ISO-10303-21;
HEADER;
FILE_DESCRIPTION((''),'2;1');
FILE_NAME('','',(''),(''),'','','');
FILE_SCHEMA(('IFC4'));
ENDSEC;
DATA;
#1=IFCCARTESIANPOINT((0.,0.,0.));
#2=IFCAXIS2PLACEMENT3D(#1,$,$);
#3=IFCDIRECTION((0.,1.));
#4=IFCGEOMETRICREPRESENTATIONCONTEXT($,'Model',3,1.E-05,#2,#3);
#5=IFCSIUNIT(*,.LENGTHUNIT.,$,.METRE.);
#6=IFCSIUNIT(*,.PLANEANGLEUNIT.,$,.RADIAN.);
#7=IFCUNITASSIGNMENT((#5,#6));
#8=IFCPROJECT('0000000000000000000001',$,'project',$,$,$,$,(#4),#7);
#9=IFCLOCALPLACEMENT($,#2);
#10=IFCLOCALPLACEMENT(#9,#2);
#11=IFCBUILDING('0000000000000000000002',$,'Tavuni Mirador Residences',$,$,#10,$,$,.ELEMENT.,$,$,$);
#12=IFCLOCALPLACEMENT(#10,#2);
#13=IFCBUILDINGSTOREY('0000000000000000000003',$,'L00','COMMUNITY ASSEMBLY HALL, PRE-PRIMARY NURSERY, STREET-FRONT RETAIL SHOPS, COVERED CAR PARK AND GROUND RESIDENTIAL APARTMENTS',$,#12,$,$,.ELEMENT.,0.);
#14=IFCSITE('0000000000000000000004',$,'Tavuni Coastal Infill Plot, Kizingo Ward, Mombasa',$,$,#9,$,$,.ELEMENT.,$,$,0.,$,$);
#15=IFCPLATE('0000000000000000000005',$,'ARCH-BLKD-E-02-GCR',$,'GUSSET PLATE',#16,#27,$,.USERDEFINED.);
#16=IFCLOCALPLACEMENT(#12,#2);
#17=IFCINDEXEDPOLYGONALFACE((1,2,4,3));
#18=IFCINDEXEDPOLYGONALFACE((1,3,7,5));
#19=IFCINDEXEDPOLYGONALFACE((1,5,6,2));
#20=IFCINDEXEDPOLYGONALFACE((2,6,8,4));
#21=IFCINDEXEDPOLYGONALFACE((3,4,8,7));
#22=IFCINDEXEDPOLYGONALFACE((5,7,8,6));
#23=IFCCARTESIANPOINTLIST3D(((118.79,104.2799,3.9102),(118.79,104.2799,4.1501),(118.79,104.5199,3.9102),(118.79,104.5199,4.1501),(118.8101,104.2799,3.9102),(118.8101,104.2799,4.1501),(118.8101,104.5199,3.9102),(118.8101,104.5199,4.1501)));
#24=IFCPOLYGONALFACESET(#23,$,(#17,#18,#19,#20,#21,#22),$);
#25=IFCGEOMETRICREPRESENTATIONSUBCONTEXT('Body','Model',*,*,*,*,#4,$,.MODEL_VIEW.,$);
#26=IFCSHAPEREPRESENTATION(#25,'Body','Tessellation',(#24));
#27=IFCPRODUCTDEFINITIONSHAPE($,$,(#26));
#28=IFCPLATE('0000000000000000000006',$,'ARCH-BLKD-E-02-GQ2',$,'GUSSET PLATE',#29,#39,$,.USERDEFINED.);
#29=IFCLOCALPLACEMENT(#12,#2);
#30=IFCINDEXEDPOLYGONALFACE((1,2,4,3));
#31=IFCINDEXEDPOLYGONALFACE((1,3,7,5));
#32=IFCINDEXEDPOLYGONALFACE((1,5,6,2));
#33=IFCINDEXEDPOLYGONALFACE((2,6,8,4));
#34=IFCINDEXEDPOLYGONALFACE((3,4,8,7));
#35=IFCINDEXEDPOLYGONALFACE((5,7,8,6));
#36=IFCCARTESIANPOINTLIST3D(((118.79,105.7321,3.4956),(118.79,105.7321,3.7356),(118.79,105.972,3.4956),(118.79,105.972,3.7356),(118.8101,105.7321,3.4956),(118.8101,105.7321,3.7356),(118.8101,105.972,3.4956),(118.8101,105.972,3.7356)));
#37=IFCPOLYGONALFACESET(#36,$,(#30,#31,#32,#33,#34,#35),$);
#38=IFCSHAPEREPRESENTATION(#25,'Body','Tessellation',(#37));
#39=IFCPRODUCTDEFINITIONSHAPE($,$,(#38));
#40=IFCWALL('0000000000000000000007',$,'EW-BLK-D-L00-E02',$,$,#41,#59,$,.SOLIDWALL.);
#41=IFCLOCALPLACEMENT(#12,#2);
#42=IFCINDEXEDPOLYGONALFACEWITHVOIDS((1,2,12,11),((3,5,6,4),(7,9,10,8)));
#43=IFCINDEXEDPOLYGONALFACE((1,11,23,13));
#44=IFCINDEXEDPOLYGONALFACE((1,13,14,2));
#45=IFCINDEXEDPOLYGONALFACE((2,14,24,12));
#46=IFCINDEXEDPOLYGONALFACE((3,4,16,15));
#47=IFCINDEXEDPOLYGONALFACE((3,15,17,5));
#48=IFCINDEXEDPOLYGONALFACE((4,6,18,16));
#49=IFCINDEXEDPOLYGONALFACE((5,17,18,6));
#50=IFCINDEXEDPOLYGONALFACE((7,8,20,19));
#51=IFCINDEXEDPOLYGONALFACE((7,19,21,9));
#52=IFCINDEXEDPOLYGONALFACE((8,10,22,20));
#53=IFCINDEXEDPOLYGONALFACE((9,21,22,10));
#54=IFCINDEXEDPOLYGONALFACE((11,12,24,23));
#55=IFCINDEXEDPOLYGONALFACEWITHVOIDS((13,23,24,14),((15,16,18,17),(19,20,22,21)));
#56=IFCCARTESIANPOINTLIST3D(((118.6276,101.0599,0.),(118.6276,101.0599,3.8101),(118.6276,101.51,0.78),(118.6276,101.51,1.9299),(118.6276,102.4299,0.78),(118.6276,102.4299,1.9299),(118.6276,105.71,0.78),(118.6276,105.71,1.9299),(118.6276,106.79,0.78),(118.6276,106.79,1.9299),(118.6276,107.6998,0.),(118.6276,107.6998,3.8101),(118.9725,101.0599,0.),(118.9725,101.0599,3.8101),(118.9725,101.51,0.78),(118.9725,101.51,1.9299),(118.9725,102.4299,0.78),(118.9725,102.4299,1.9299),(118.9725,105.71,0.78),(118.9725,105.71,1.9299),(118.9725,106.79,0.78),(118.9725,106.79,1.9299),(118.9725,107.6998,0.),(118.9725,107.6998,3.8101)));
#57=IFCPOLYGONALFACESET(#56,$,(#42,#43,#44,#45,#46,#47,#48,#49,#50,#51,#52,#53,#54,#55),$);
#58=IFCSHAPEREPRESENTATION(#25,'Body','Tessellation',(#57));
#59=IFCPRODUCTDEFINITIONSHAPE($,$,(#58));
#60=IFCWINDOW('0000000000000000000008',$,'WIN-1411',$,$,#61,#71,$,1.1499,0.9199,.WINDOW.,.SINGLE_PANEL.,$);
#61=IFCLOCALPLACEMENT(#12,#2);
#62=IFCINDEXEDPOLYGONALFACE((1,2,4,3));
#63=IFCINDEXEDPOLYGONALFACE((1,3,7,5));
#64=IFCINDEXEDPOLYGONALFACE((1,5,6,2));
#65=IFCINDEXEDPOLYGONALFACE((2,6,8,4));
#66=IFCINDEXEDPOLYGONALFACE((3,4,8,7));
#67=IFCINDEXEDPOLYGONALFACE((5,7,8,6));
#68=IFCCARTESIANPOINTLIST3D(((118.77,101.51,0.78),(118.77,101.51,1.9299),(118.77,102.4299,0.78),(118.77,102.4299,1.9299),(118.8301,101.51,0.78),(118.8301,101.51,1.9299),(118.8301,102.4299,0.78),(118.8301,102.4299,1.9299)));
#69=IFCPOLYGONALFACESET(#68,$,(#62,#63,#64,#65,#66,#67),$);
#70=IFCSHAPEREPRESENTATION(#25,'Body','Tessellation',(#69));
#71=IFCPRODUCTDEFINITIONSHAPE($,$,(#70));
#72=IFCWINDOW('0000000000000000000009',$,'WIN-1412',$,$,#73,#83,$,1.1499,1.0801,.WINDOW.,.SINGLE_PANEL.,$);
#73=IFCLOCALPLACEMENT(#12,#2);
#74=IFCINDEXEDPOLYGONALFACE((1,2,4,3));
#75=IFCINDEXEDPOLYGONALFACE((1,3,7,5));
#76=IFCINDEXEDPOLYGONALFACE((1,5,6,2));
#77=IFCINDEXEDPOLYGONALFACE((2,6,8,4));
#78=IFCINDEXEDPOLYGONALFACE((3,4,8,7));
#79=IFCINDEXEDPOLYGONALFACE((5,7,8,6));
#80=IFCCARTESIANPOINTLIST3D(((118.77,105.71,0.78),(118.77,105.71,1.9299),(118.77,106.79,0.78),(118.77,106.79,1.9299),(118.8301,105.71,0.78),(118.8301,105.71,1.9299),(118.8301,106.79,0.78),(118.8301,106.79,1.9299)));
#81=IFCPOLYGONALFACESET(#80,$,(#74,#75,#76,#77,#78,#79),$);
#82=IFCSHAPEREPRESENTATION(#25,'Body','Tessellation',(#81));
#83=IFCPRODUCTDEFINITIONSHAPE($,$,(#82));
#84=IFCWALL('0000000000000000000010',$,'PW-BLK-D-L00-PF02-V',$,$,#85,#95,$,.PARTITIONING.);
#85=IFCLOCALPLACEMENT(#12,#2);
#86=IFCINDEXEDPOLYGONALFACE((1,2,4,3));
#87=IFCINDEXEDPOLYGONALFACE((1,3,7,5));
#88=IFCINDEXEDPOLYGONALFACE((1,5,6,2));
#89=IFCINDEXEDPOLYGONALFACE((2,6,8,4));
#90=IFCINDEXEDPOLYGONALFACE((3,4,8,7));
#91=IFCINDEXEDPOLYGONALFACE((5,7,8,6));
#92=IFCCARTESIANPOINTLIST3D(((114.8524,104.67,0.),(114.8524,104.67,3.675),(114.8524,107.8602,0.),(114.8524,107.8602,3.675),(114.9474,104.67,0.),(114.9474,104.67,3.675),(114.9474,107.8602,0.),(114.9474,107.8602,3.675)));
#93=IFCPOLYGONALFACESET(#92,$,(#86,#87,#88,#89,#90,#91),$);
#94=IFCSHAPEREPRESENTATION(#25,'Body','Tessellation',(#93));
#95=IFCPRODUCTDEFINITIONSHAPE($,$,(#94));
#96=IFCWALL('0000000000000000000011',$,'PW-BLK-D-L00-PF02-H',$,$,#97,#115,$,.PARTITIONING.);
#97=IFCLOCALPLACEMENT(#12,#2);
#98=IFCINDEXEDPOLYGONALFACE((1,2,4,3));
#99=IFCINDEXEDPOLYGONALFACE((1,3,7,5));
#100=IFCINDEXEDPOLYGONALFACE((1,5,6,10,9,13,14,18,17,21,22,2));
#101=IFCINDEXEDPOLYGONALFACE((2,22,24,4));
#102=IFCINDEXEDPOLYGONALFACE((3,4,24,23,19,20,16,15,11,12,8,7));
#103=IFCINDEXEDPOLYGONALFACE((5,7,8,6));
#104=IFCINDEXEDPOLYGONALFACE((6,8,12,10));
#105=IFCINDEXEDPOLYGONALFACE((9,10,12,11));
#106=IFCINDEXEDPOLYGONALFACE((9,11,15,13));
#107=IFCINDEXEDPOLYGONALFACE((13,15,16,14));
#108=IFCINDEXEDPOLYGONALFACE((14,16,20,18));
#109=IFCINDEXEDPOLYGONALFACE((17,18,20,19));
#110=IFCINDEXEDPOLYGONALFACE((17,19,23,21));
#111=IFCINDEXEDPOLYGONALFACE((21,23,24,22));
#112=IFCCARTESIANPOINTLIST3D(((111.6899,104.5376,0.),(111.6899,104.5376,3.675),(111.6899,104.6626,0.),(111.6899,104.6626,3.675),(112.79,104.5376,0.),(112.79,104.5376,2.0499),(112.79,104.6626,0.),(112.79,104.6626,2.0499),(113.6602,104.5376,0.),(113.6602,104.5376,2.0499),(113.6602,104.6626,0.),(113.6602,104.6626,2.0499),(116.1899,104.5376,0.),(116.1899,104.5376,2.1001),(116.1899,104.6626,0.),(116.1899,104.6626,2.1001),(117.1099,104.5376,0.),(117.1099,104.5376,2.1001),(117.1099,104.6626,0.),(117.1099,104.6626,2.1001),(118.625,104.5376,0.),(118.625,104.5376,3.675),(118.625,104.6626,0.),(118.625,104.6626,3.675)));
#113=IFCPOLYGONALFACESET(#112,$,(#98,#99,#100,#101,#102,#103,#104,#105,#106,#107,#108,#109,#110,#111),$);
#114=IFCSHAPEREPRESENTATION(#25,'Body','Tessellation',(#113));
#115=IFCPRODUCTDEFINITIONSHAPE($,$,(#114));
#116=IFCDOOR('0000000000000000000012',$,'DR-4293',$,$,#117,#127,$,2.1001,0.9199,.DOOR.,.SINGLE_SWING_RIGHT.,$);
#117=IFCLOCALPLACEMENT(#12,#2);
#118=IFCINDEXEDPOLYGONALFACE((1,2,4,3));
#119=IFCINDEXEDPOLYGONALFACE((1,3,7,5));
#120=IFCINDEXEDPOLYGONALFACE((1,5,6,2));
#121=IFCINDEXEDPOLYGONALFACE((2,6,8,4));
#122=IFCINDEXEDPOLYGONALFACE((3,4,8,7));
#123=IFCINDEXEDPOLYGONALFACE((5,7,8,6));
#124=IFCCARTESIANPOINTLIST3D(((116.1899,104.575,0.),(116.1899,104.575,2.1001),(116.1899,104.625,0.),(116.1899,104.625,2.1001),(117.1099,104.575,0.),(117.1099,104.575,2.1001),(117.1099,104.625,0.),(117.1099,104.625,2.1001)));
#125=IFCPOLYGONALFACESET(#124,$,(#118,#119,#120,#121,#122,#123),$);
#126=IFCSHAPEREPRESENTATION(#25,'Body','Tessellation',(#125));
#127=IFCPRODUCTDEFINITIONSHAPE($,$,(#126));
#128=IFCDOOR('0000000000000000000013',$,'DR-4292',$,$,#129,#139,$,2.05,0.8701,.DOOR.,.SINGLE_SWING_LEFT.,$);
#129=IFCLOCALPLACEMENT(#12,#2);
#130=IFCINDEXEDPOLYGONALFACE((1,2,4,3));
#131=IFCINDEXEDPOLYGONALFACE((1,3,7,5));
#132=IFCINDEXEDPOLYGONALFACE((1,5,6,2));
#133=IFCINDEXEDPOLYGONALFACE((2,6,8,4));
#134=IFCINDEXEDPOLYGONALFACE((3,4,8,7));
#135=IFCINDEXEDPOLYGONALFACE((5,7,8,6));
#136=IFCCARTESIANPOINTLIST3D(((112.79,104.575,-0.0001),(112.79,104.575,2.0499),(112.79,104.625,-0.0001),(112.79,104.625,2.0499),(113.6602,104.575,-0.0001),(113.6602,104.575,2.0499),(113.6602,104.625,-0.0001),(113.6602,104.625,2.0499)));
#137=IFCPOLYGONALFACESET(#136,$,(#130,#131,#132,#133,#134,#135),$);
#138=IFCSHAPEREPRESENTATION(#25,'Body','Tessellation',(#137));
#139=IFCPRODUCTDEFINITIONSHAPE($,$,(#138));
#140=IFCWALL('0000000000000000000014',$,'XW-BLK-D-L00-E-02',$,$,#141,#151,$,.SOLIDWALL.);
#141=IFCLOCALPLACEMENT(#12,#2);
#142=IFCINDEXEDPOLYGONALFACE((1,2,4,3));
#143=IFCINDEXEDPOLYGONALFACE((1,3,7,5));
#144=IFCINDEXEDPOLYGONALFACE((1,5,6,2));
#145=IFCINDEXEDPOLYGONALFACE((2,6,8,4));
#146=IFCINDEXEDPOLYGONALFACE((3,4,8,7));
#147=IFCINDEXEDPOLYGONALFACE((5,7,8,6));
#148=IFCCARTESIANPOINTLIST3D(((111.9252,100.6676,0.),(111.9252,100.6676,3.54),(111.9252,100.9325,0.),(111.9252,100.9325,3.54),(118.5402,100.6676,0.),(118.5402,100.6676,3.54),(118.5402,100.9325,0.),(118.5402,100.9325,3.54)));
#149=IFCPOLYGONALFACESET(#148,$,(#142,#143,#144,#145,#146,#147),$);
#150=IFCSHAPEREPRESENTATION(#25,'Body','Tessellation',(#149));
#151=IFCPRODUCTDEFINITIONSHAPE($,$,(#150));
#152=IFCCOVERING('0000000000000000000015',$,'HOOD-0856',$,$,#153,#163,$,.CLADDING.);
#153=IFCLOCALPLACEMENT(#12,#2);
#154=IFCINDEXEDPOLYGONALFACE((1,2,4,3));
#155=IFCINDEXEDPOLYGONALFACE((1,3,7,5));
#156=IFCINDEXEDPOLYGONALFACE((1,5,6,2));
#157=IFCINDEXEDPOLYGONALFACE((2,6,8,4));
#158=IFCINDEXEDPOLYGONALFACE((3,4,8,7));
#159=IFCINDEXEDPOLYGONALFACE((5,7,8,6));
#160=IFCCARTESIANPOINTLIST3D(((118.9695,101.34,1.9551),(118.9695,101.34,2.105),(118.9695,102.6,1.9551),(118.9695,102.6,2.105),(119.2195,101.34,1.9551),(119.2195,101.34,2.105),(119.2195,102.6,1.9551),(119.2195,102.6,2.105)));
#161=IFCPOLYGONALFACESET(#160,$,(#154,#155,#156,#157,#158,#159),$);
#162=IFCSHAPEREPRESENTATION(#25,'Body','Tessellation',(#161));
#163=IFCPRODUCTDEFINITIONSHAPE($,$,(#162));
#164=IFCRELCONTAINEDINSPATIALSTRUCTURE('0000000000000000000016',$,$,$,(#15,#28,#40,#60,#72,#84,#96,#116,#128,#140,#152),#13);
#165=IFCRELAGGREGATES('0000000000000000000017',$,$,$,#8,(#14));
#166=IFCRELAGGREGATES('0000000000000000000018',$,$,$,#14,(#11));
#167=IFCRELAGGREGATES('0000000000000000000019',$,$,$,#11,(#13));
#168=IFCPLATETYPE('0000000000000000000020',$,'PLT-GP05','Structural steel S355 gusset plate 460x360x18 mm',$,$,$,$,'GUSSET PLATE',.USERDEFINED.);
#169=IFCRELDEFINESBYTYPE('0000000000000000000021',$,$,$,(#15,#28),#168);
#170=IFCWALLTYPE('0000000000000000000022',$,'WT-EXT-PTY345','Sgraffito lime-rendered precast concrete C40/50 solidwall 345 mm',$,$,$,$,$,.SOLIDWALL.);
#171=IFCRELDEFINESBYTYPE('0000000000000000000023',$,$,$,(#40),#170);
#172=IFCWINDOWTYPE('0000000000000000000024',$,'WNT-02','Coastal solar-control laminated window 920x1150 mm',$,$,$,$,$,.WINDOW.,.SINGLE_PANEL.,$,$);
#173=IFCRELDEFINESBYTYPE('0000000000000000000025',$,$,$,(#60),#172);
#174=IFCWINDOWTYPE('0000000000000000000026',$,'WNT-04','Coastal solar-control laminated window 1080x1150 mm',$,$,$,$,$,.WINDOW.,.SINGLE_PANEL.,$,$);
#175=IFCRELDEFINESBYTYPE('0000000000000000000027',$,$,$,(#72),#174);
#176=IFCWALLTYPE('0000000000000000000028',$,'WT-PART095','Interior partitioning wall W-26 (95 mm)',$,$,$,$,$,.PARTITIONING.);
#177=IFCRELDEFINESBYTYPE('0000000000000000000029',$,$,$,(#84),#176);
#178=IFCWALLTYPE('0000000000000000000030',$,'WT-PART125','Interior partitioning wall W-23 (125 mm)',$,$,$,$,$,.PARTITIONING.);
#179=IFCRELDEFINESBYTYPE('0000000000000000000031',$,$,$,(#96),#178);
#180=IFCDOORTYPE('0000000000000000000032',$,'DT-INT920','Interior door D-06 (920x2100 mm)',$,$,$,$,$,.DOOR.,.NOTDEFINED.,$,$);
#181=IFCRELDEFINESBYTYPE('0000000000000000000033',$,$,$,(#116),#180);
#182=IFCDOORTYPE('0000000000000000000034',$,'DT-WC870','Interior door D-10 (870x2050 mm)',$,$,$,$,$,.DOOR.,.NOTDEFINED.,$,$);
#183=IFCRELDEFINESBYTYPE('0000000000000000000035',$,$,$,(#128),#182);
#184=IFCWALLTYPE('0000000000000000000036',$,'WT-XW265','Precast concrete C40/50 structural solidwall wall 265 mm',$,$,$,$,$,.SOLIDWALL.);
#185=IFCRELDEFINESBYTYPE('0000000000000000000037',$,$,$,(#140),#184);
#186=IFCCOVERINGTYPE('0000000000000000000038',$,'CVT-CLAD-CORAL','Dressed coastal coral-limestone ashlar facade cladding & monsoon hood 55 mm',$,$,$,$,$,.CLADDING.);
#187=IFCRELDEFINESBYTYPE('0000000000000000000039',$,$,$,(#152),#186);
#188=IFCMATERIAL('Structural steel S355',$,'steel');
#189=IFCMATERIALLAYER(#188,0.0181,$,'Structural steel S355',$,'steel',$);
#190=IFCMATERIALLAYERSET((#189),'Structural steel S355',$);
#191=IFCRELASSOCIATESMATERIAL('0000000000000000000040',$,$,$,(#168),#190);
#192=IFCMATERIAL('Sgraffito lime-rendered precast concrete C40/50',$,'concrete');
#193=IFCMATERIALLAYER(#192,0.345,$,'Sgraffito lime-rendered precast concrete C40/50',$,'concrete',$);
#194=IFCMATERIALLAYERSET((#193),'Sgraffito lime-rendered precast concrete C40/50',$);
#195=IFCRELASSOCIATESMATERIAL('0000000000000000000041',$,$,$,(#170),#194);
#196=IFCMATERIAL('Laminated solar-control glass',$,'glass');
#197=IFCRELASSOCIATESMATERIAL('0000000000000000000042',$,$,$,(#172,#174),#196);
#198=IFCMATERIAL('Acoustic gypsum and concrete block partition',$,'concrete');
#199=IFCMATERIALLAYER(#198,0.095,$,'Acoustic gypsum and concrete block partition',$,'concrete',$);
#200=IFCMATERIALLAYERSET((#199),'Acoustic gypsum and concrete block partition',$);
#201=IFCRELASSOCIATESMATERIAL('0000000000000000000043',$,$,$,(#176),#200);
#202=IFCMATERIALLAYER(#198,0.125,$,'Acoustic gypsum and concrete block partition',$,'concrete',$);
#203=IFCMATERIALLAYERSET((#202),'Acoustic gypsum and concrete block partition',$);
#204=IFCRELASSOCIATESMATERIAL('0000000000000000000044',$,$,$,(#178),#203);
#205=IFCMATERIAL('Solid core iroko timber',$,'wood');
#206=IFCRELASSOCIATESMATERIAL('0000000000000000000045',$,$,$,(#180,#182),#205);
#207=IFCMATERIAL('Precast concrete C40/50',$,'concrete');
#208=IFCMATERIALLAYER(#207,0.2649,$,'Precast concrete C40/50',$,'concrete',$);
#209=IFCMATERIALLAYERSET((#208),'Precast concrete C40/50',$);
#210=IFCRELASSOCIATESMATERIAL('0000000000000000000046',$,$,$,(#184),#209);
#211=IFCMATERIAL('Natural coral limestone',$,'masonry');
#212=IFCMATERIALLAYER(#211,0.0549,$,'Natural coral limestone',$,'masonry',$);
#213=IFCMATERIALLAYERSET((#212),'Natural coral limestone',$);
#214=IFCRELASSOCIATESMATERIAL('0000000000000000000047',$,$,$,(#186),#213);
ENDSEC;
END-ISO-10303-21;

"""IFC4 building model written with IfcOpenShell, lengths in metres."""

from ifc_helpers import new_model, si_unit, direction, frame, frame_2d, origin, origin_2d, place, context, subcontext, project, spatial, rectangle, extrude, material, layer, layer_set, type_object, element, fill, save


model = new_model("IFC4")

# Units and contexts
model_context = context("Model", 3, precision=1e-05, world=origin(), true_north=direction((0.0, 1.0)))
body_context = subcontext(model_context, "Body", "Model", "MODEL_VIEW")
ifc_project = project(units=[si_unit("LENGTHUNIT", "METRE"), si_unit("PLANEANGLEUNIT", "RADIAN")], contexts=[model_context])

# Site, building, storey
site_placement = place(None, origin())
site = spatial("IfcSite", under=ifc_project, at=site_placement, Name="Tavuni Coastal Infill Plot, Kizingo Ward, Mombasa", CompositionType="ELEMENT", RefElevation=0.0)
building_placement = place(site_placement, origin())
building = spatial("IfcBuilding", under=site, at=building_placement, Name="Tavuni Mirador Residences", CompositionType="ELEMENT")
storey_placement = place(building_placement, origin())
storey = spatial("IfcBuildingStorey", under=building, at=storey_placement, Name="L00", Description="COMMUNITY ASSEMBLY HALL, PRE-PRIMARY NURSERY, STREET-FRONT RETAIL SHOPS, COVERED CAR PARK AND GROUND RESIDENTIAL APARTMENTS", CompositionType="ELEMENT", Elevation=0.0)

# Shared definitions
ifc_material_1 = material(Name="Precast concrete C40/50", Category="concrete")

# Shared definitions
ifc_material_2 = material(Name="Structural steel S355", Category="steel")

# Plates
ifc_layer_1 = layer(ifc_material_2, 0.0181, Name="Structural steel S355", Category="steel")
ifc_layer_set_1 = layer_set([ifc_layer_1], Name="Structural steel S355")
plate_type = type_object("IfcPlateType", Name="PLT-GP05", Description="Structural steel S355 gusset plate 460x360x18 mm", ElementType="GUSSET PLATE", PredefinedType="USERDEFINED", material=ifc_layer_set_1)
for number, where, z_axis, x_axis, name in (
    (1, (118.8, 104.3999, 3.9102), (0.0, 0.0, 1.0), (1.0, 0.0, 0.0), "ARCH-BLKD-E-02-GCR"),
    (2, (118.8, 105.8521, 3.4956), (0.0, 0.0, 1.0), (1.0, 0.0, 0.0), "ARCH-BLKD-E-02-GQ2"),
):
    element("IfcPlate", number, at=place(storey_placement, frame(where, z_axis=z_axis, x_axis=x_axis)), inside=storey, type_object=plate_type, Name=name, ObjectType="GUSSET PLATE", PredefinedType="USERDEFINED", context=body_context, shape_type="SweptSolid", body=[
        extrude(rectangle(XDim=0.02, YDim=0.24, at=origin_2d()), origin(), (0.0, 0.0, 1.0), 0.24),
    ])

# Wall, openings, windows
ifc_material_3 = material(Name="Sgraffito lime-rendered precast concrete C40/50", Category="concrete")
ifc_layer_2 = layer(ifc_material_3, 0.345, Name="Sgraffito lime-rendered precast concrete C40/50", Category="concrete")
ifc_layer_set_2 = layer_set([ifc_layer_2], Name="Sgraffito lime-rendered precast concrete C40/50")
wall_type_1 = type_object("IfcWallType", Name="WT-EXT-PTY345", Description="Sgraffito lime-rendered precast concrete C40/50 solidwall 345 mm", PredefinedType="SOLIDWALL", material=ifc_layer_set_2)
wall_1_placement = place(storey_placement, frame((118.8, 101.0601, 0.0), z_axis=(0.0, 0.0, 1.0), x_axis=(0.0, 1.0, 0.0)))
wall_1 = element("IfcWall", 3, at=wall_1_placement, inside=storey, type_object=wall_type_1, Name="EW-BLK-D-L00-E02", PredefinedType="SOLIDWALL", context=body_context, shape_type="SweptSolid", body=[
    extrude(rectangle(XDim=6.6399, YDim=0.345, at=frame_2d((3.3198, 0.0))), origin(), (0.0, 0.0, 1.0), 3.8101),
])
opening_1_placement = place(wall_1_placement, frame((0.45, 0.0, 0.78)))
opening_1 = element("IfcOpeningElement", 4, at=opening_1_placement, cuts=wall_1, PredefinedType="OPENING", context=body_context, shape_type="SweptSolid", body=[
    extrude(rectangle(XDim=0.9199, YDim=1.1499, at=frame_2d((0.46, 0.575))), frame((0.0, 0.1826, 0.0), z_axis=(0.0, -1.0, 0.0), x_axis=(1.0, 0.0, 0.0)), (0.0, 0.0, 1.0), 0.365),
])
opening_2_placement = place(wall_1_placement, frame((4.6499, 0.0, 0.78)))
opening_2 = element("IfcOpeningElement", 5, at=opening_2_placement, cuts=wall_1, PredefinedType="OPENING", context=body_context, shape_type="SweptSolid", body=[
    extrude(rectangle(XDim=1.0801, YDim=1.1499, at=frame_2d((0.54, 0.575))), frame((0.0, 0.1826, 0.0), z_axis=(0.0, -1.0, 0.0), x_axis=(1.0, 0.0, 0.0)), (0.0, 0.0, 1.0), 0.365),
])
ifc_material_4 = material(Name="Laminated solar-control glass", Category="glass")
window_type_1 = type_object("IfcWindowType", Name="WNT-02", Description="Coastal solar-control laminated window 920x1150 mm", PartitioningType="SINGLE_PANEL", PredefinedType="WINDOW", material=ifc_material_4)
window_1_placement = place(opening_1_placement, origin())
window_1 = element("IfcWindow", 6, at=window_1_placement, inside=storey, type_object=window_type_1, Name="WIN-1411", OverallHeight=1.1499, OverallWidth=0.9199, PartitioningType="SINGLE_PANEL", PredefinedType="WINDOW", context=body_context, shape_type="SweptSolid", body=[
    extrude(rectangle(XDim=0.9199, YDim=1.1499, at=frame_2d((0.46, 0.575))), frame((0.0, 0.03, 0.0), z_axis=(0.0, -1.0, 0.0), x_axis=(1.0, 0.0, 0.0)), (0.0, 0.0, 1.0), 0.0601),
])
fill(opening_1, window_1)
window_type_2 = type_object("IfcWindowType", Name="WNT-04", Description="Coastal solar-control laminated window 1080x1150 mm", PartitioningType="SINGLE_PANEL", PredefinedType="WINDOW", material=ifc_material_4)
window_2_placement = place(opening_2_placement, origin())
window_2 = element("IfcWindow", 7, at=window_2_placement, inside=storey, type_object=window_type_2, Name="WIN-1412", OverallHeight=1.1499, OverallWidth=1.0801, PartitioningType="SINGLE_PANEL", PredefinedType="WINDOW", context=body_context, shape_type="SweptSolid", body=[
    extrude(rectangle(XDim=1.0801, YDim=1.1499, at=frame_2d((0.54, 0.575))), frame((0.0, 0.03, 0.0), z_axis=(0.0, -1.0, 0.0), x_axis=(1.0, 0.0, 0.0)), (0.0, 0.0, 1.0), 0.0601),
])
fill(opening_2, window_2)

# Wall
ifc_material_5 = material(Name="Acoustic gypsum and concrete block partition", Category="concrete")
ifc_layer_3 = layer(ifc_material_5, 0.095, Name="Acoustic gypsum and concrete block partition", Category="concrete")
ifc_layer_set_3 = layer_set([ifc_layer_3], Name="Acoustic gypsum and concrete block partition")
wall_type_2 = type_object("IfcWallType", Name="WT-PART095", Description="Interior partitioning wall W-26 (95 mm)", PredefinedType="PARTITIONING", material=ifc_layer_set_3)
wall_2_placement = place(storey_placement, frame((114.8999, 104.6699, 0.0), z_axis=(0.0, 0.0, 1.0), x_axis=(0.0, 1.0, 0.0)))
element("IfcWall", 8, at=wall_2_placement, inside=storey, type_object=wall_type_2, Name="PW-BLK-D-L00-PF02-V", PredefinedType="PARTITIONING", context=body_context, shape_type="SweptSolid", body=[
    extrude(rectangle(XDim=3.1902, YDim=0.095, at=frame_2d((1.5952, 0.0))), origin(), (0.0, 0.0, 1.0), 3.675),
])

# Wall, openings, doors
ifc_layer_4 = layer(ifc_material_5, 0.125, Name="Acoustic gypsum and concrete block partition", Category="concrete")
ifc_layer_set_4 = layer_set([ifc_layer_4], Name="Acoustic gypsum and concrete block partition")
wall_type_3 = type_object("IfcWallType", Name="WT-PART125", Description="Interior partitioning wall W-23 (125 mm)", PredefinedType="PARTITIONING", material=ifc_layer_set_4)
wall_3_placement = place(storey_placement, frame((111.6899, 104.6001, 0.0), z_axis=(0.0, 0.0, 1.0), x_axis=(1.0, 0.0, 0.0)))
wall_3 = element("IfcWall", 9, at=wall_3_placement, inside=storey, type_object=wall_type_3, Name="PW-BLK-D-L00-PF02-H", PredefinedType="PARTITIONING", context=body_context, shape_type="SweptSolid", body=[
    extrude(rectangle(XDim=6.9351, YDim=0.125, at=frame_2d((3.4675, 0.0))), origin(), (0.0, 0.0, 1.0), 3.675),
])
opening_3_placement = place(wall_3_placement, frame((1.1001, 0.0, 0.0)))
opening_3 = element("IfcOpeningElement", 10, at=opening_3_placement, cuts=wall_3, PredefinedType="OPENING", context=body_context, shape_type="SweptSolid", body=[
    extrude(rectangle(XDim=0.8701, YDim=2.05, at=frame_2d((0.4351, 1.0249))), frame((0.0, 0.0725, 0.0), z_axis=(0.0, -1.0, 0.0), x_axis=(1.0, 0.0, 0.0)), (0.0, 0.0, 1.0), 0.145),
])
opening_4_placement = place(wall_3_placement, frame((4.5, 0.0, 0.0)))
opening_4 = element("IfcOpeningElement", 11, at=opening_4_placement, cuts=wall_3, PredefinedType="OPENING", context=body_context, shape_type="SweptSolid", body=[
    extrude(rectangle(XDim=0.9199, YDim=2.1001, at=frame_2d((0.46, 1.05))), frame((0.0, 0.0725, 0.0), z_axis=(0.0, -1.0, 0.0), x_axis=(1.0, 0.0, 0.0)), (0.0, 0.0, 1.0), 0.145),
])
ifc_material_6 = material(Name="Solid core iroko timber", Category="wood")
door_type_1 = type_object("IfcDoorType", Name="DT-INT920", Description="Interior door D-06 (920x2100 mm)", OperationType="NOTDEFINED", PredefinedType="DOOR", material=ifc_material_6)
door_1_placement = place(opening_4_placement, origin())
door_1 = element("IfcDoor", 12, at=door_1_placement, inside=storey, type_object=door_type_1, Name="DR-4293", OperationType="SINGLE_SWING_RIGHT", OverallHeight=2.1001, OverallWidth=0.9199, PredefinedType="DOOR", context=body_context, shape_type="SweptSolid", body=[
    extrude(rectangle(XDim=0.9199, YDim=2.1001, at=frame_2d((0.46, 1.05))), frame((0.0, 0.0249, 0.0), z_axis=(0.0, -1.0, 0.0), x_axis=(1.0, 0.0, 0.0)), (0.0, 0.0, 1.0), 0.05),
])
fill(opening_4, door_1)
door_type_2 = type_object("IfcDoorType", Name="DT-WC870", Description="Interior door D-10 (870x2050 mm)", OperationType="NOTDEFINED", PredefinedType="DOOR", material=ifc_material_6)
door_2_placement = place(opening_3_placement, origin())
door_2 = element("IfcDoor", 13, at=door_2_placement, inside=storey, type_object=door_type_2, Name="DR-4292", OperationType="SINGLE_SWING_LEFT", OverallHeight=2.05, OverallWidth=0.8701, PredefinedType="DOOR", context=body_context, shape_type="SweptSolid", body=[
    extrude(rectangle(XDim=0.8701, YDim=2.05, at=frame_2d((0.4351, 1.0249))), frame((0.0, 0.0249, 0.0), z_axis=(0.0, -1.0, 0.0), x_axis=(1.0, 0.0, 0.0)), (0.0, 0.0, 1.0), 0.05),
])
fill(opening_3, door_2)

# Wall
ifc_layer_5 = layer(ifc_material_1, 0.2649, Name="Precast concrete C40/50", Category="concrete")
ifc_layer_set_5 = layer_set([ifc_layer_5], Name="Precast concrete C40/50")
wall_type_4 = type_object("IfcWallType", Name="WT-XW265", Description="Precast concrete C40/50 structural solidwall wall 265 mm", PredefinedType="SOLIDWALL", material=ifc_layer_set_5)
wall_4_placement = place(storey_placement, frame((111.925, 100.8, 0.0), z_axis=(0.0, 0.0, 1.0), x_axis=(1.0, 0.0, 0.0)))
element("IfcWall", 14, at=wall_4_placement, inside=storey, type_object=wall_type_4, Name="XW-BLK-D-L00-E-02", PredefinedType="SOLIDWALL", context=body_context, shape_type="SweptSolid", body=[
    extrude(rectangle(XDim=6.615, YDim=0.2649, at=frame_2d((3.3076, 0.0))), origin(), (0.0, 0.0, 1.0), 3.54),
])

# Covering
ifc_material_7 = material(Name="Natural coral limestone", Category="masonry")
ifc_layer_6 = layer(ifc_material_7, 0.0549, Name="Natural coral limestone", Category="masonry")
ifc_layer_set_6 = layer_set([ifc_layer_6], Name="Natural coral limestone")
covering_type = type_object("IfcCoveringType", Name="CVT-CLAD-CORAL", Description="Dressed coastal coral-limestone ashlar facade cladding & monsoon hood 55 mm", PredefinedType="CLADDING", material=ifc_layer_set_6)
covering_1_placement = place(storey_placement, frame((119.0945, 101.97, 1.9551), z_axis=(0.0, 0.0, 1.0), x_axis=(0.0, 1.0, 0.0)))
element("IfcCovering", 15, at=covering_1_placement, inside=storey, type_object=covering_type, Name="HOOD-0856", PredefinedType="CLADDING", context=body_context, shape_type="SweptSolid", body=[
    extrude(rectangle(XDim=1.26, YDim=0.25, at=origin_2d()), origin(), (0.0, 0.0, 1.0), 0.1499),
])

save(model, "model.ifc")
